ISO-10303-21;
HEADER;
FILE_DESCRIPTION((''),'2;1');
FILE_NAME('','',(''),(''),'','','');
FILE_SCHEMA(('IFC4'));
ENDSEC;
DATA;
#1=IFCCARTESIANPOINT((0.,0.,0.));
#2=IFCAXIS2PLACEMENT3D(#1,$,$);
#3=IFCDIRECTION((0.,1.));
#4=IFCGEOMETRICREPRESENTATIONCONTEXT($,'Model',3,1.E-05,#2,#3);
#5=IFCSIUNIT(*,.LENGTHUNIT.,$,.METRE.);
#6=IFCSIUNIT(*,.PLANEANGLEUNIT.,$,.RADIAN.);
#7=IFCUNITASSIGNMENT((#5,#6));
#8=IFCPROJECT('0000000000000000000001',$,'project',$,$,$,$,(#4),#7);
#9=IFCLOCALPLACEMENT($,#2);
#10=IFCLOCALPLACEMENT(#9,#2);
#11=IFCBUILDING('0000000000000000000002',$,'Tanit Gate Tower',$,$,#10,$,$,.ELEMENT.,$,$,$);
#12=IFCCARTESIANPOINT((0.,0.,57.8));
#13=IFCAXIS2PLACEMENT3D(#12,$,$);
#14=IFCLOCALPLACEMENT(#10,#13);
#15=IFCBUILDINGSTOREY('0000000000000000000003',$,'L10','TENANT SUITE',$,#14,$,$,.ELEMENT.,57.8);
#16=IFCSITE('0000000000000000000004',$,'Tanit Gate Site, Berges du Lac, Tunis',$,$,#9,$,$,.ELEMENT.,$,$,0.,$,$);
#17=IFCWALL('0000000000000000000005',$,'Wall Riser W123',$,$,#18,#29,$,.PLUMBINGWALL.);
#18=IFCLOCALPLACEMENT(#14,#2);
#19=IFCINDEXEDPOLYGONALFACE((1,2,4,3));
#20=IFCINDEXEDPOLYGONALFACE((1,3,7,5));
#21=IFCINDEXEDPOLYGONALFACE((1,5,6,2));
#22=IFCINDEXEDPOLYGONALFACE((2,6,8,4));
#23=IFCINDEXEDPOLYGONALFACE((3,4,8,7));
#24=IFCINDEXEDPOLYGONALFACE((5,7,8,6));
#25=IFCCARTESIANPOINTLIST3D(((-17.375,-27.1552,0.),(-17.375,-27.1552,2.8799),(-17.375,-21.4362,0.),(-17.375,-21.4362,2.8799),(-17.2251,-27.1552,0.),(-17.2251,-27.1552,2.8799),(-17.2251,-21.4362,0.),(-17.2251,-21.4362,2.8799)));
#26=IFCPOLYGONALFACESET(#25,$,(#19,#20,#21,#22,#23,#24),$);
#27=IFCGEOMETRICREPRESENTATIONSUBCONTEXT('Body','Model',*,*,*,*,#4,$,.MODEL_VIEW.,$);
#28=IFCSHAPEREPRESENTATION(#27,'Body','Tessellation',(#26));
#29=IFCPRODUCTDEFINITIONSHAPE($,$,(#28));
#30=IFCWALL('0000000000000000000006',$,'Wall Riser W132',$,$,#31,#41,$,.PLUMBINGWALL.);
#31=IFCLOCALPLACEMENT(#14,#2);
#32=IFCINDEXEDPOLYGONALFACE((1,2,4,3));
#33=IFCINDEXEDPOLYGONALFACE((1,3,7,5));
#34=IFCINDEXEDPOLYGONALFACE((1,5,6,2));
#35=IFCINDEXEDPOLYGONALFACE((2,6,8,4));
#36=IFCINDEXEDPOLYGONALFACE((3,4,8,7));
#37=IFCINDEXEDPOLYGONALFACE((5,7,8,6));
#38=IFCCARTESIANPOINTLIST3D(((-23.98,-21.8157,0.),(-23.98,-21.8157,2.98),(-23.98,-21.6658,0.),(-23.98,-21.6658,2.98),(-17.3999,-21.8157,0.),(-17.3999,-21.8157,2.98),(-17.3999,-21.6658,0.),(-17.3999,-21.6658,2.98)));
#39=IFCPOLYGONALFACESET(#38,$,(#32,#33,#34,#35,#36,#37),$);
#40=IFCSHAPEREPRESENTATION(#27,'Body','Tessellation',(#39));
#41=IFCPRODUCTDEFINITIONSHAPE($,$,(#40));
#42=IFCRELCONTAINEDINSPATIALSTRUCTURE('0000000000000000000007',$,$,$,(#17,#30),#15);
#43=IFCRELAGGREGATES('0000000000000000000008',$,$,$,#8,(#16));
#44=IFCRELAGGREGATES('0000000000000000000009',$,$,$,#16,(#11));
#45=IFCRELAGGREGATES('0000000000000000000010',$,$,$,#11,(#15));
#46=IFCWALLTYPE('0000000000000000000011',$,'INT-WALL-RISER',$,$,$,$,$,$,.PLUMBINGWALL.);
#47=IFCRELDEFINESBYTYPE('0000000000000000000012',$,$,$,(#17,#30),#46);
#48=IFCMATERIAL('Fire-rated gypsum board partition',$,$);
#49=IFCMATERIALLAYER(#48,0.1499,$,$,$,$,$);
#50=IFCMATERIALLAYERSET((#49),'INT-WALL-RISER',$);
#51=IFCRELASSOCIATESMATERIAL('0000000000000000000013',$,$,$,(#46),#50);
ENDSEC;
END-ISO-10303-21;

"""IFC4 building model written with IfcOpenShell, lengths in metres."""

from ifc_helpers import new_model, si_unit, direction, frame, frame_2d, origin, place, context, subcontext, project, spatial, rectangle, extrude, material, layer, layer_set, type_object, element, save


model = new_model("IFC4")

# Units and contexts
model_context = context("Model", 3, precision=1e-05, world=origin(), true_north=direction((0.0, 1.0)))
body_context = subcontext(model_context, "Body", "Model", "MODEL_VIEW")
ifc_project = project(units=[si_unit("LENGTHUNIT", "METRE"), si_unit("PLANEANGLEUNIT", "RADIAN")], contexts=[model_context])

# Site, building, storey
site_placement = place(None, origin())
site = spatial("IfcSite", under=ifc_project, at=site_placement, Name="Tanit Gate Site, Berges du Lac, Tunis", CompositionType="ELEMENT", RefElevation=0.0)
building_placement = place(site_placement, origin())
building = spatial("IfcBuilding", under=site, at=building_placement, Name="Tanit Gate Tower", CompositionType="ELEMENT")
storey_placement = place(building_placement, frame((0.0, 0.0, 57.8)))
storey = spatial("IfcBuildingStorey", under=building, at=storey_placement, Name="L10", Description="TENANT SUITE", CompositionType="ELEMENT", Elevation=57.8)

# Walls
ifc_material_1 = material(Name="Fire-rated gypsum board partition")
ifc_layer_1 = layer(ifc_material_1, 0.1499)
ifc_layer_set_1 = layer_set([ifc_layer_1], Name="INT-WALL-RISER")
wall_type_1 = type_object("IfcWallType", Name="INT-WALL-RISER", PredefinedType="PLUMBINGWALL", material=ifc_layer_set_1)
wall_1_placement = place(storey_placement, frame((-17.3, -27.155, 0.0), z_axis=(0.0, 0.0, 1.0), x_axis=(0.0, 1.0, 0.0)))
element("IfcWall", 1, at=wall_1_placement, inside=storey, type_object=wall_type_1, Name="Wall Riser W123", PredefinedType="PLUMBINGWALL", context=body_context, shape_type="SweptSolid", body=[
    extrude(rectangle(XDim=5.719, YDim=0.1499, at=frame_2d((2.8594, 0.0))), origin(), (0.0, 0.0, 1.0), 2.8799),
])
wall_2_placement = place(storey_placement, frame((-17.3999, -21.7407, 0.0), z_axis=(0.0, 0.0, 1.0), x_axis=(-1.0, 0.0, 0.0)))
element("IfcWall", 2, at=wall_2_placement, inside=storey, type_object=wall_type_1, Name="Wall Riser W132", PredefinedType="PLUMBINGWALL", context=body_context, shape_type="SweptSolid", body=[
    extrude(rectangle(XDim=6.5801, YDim=0.1499, at=frame_2d((3.29, 0.0))), origin(), (0.0, 0.0, 1.0), 2.98),
])

save(model, "model.ifc")
